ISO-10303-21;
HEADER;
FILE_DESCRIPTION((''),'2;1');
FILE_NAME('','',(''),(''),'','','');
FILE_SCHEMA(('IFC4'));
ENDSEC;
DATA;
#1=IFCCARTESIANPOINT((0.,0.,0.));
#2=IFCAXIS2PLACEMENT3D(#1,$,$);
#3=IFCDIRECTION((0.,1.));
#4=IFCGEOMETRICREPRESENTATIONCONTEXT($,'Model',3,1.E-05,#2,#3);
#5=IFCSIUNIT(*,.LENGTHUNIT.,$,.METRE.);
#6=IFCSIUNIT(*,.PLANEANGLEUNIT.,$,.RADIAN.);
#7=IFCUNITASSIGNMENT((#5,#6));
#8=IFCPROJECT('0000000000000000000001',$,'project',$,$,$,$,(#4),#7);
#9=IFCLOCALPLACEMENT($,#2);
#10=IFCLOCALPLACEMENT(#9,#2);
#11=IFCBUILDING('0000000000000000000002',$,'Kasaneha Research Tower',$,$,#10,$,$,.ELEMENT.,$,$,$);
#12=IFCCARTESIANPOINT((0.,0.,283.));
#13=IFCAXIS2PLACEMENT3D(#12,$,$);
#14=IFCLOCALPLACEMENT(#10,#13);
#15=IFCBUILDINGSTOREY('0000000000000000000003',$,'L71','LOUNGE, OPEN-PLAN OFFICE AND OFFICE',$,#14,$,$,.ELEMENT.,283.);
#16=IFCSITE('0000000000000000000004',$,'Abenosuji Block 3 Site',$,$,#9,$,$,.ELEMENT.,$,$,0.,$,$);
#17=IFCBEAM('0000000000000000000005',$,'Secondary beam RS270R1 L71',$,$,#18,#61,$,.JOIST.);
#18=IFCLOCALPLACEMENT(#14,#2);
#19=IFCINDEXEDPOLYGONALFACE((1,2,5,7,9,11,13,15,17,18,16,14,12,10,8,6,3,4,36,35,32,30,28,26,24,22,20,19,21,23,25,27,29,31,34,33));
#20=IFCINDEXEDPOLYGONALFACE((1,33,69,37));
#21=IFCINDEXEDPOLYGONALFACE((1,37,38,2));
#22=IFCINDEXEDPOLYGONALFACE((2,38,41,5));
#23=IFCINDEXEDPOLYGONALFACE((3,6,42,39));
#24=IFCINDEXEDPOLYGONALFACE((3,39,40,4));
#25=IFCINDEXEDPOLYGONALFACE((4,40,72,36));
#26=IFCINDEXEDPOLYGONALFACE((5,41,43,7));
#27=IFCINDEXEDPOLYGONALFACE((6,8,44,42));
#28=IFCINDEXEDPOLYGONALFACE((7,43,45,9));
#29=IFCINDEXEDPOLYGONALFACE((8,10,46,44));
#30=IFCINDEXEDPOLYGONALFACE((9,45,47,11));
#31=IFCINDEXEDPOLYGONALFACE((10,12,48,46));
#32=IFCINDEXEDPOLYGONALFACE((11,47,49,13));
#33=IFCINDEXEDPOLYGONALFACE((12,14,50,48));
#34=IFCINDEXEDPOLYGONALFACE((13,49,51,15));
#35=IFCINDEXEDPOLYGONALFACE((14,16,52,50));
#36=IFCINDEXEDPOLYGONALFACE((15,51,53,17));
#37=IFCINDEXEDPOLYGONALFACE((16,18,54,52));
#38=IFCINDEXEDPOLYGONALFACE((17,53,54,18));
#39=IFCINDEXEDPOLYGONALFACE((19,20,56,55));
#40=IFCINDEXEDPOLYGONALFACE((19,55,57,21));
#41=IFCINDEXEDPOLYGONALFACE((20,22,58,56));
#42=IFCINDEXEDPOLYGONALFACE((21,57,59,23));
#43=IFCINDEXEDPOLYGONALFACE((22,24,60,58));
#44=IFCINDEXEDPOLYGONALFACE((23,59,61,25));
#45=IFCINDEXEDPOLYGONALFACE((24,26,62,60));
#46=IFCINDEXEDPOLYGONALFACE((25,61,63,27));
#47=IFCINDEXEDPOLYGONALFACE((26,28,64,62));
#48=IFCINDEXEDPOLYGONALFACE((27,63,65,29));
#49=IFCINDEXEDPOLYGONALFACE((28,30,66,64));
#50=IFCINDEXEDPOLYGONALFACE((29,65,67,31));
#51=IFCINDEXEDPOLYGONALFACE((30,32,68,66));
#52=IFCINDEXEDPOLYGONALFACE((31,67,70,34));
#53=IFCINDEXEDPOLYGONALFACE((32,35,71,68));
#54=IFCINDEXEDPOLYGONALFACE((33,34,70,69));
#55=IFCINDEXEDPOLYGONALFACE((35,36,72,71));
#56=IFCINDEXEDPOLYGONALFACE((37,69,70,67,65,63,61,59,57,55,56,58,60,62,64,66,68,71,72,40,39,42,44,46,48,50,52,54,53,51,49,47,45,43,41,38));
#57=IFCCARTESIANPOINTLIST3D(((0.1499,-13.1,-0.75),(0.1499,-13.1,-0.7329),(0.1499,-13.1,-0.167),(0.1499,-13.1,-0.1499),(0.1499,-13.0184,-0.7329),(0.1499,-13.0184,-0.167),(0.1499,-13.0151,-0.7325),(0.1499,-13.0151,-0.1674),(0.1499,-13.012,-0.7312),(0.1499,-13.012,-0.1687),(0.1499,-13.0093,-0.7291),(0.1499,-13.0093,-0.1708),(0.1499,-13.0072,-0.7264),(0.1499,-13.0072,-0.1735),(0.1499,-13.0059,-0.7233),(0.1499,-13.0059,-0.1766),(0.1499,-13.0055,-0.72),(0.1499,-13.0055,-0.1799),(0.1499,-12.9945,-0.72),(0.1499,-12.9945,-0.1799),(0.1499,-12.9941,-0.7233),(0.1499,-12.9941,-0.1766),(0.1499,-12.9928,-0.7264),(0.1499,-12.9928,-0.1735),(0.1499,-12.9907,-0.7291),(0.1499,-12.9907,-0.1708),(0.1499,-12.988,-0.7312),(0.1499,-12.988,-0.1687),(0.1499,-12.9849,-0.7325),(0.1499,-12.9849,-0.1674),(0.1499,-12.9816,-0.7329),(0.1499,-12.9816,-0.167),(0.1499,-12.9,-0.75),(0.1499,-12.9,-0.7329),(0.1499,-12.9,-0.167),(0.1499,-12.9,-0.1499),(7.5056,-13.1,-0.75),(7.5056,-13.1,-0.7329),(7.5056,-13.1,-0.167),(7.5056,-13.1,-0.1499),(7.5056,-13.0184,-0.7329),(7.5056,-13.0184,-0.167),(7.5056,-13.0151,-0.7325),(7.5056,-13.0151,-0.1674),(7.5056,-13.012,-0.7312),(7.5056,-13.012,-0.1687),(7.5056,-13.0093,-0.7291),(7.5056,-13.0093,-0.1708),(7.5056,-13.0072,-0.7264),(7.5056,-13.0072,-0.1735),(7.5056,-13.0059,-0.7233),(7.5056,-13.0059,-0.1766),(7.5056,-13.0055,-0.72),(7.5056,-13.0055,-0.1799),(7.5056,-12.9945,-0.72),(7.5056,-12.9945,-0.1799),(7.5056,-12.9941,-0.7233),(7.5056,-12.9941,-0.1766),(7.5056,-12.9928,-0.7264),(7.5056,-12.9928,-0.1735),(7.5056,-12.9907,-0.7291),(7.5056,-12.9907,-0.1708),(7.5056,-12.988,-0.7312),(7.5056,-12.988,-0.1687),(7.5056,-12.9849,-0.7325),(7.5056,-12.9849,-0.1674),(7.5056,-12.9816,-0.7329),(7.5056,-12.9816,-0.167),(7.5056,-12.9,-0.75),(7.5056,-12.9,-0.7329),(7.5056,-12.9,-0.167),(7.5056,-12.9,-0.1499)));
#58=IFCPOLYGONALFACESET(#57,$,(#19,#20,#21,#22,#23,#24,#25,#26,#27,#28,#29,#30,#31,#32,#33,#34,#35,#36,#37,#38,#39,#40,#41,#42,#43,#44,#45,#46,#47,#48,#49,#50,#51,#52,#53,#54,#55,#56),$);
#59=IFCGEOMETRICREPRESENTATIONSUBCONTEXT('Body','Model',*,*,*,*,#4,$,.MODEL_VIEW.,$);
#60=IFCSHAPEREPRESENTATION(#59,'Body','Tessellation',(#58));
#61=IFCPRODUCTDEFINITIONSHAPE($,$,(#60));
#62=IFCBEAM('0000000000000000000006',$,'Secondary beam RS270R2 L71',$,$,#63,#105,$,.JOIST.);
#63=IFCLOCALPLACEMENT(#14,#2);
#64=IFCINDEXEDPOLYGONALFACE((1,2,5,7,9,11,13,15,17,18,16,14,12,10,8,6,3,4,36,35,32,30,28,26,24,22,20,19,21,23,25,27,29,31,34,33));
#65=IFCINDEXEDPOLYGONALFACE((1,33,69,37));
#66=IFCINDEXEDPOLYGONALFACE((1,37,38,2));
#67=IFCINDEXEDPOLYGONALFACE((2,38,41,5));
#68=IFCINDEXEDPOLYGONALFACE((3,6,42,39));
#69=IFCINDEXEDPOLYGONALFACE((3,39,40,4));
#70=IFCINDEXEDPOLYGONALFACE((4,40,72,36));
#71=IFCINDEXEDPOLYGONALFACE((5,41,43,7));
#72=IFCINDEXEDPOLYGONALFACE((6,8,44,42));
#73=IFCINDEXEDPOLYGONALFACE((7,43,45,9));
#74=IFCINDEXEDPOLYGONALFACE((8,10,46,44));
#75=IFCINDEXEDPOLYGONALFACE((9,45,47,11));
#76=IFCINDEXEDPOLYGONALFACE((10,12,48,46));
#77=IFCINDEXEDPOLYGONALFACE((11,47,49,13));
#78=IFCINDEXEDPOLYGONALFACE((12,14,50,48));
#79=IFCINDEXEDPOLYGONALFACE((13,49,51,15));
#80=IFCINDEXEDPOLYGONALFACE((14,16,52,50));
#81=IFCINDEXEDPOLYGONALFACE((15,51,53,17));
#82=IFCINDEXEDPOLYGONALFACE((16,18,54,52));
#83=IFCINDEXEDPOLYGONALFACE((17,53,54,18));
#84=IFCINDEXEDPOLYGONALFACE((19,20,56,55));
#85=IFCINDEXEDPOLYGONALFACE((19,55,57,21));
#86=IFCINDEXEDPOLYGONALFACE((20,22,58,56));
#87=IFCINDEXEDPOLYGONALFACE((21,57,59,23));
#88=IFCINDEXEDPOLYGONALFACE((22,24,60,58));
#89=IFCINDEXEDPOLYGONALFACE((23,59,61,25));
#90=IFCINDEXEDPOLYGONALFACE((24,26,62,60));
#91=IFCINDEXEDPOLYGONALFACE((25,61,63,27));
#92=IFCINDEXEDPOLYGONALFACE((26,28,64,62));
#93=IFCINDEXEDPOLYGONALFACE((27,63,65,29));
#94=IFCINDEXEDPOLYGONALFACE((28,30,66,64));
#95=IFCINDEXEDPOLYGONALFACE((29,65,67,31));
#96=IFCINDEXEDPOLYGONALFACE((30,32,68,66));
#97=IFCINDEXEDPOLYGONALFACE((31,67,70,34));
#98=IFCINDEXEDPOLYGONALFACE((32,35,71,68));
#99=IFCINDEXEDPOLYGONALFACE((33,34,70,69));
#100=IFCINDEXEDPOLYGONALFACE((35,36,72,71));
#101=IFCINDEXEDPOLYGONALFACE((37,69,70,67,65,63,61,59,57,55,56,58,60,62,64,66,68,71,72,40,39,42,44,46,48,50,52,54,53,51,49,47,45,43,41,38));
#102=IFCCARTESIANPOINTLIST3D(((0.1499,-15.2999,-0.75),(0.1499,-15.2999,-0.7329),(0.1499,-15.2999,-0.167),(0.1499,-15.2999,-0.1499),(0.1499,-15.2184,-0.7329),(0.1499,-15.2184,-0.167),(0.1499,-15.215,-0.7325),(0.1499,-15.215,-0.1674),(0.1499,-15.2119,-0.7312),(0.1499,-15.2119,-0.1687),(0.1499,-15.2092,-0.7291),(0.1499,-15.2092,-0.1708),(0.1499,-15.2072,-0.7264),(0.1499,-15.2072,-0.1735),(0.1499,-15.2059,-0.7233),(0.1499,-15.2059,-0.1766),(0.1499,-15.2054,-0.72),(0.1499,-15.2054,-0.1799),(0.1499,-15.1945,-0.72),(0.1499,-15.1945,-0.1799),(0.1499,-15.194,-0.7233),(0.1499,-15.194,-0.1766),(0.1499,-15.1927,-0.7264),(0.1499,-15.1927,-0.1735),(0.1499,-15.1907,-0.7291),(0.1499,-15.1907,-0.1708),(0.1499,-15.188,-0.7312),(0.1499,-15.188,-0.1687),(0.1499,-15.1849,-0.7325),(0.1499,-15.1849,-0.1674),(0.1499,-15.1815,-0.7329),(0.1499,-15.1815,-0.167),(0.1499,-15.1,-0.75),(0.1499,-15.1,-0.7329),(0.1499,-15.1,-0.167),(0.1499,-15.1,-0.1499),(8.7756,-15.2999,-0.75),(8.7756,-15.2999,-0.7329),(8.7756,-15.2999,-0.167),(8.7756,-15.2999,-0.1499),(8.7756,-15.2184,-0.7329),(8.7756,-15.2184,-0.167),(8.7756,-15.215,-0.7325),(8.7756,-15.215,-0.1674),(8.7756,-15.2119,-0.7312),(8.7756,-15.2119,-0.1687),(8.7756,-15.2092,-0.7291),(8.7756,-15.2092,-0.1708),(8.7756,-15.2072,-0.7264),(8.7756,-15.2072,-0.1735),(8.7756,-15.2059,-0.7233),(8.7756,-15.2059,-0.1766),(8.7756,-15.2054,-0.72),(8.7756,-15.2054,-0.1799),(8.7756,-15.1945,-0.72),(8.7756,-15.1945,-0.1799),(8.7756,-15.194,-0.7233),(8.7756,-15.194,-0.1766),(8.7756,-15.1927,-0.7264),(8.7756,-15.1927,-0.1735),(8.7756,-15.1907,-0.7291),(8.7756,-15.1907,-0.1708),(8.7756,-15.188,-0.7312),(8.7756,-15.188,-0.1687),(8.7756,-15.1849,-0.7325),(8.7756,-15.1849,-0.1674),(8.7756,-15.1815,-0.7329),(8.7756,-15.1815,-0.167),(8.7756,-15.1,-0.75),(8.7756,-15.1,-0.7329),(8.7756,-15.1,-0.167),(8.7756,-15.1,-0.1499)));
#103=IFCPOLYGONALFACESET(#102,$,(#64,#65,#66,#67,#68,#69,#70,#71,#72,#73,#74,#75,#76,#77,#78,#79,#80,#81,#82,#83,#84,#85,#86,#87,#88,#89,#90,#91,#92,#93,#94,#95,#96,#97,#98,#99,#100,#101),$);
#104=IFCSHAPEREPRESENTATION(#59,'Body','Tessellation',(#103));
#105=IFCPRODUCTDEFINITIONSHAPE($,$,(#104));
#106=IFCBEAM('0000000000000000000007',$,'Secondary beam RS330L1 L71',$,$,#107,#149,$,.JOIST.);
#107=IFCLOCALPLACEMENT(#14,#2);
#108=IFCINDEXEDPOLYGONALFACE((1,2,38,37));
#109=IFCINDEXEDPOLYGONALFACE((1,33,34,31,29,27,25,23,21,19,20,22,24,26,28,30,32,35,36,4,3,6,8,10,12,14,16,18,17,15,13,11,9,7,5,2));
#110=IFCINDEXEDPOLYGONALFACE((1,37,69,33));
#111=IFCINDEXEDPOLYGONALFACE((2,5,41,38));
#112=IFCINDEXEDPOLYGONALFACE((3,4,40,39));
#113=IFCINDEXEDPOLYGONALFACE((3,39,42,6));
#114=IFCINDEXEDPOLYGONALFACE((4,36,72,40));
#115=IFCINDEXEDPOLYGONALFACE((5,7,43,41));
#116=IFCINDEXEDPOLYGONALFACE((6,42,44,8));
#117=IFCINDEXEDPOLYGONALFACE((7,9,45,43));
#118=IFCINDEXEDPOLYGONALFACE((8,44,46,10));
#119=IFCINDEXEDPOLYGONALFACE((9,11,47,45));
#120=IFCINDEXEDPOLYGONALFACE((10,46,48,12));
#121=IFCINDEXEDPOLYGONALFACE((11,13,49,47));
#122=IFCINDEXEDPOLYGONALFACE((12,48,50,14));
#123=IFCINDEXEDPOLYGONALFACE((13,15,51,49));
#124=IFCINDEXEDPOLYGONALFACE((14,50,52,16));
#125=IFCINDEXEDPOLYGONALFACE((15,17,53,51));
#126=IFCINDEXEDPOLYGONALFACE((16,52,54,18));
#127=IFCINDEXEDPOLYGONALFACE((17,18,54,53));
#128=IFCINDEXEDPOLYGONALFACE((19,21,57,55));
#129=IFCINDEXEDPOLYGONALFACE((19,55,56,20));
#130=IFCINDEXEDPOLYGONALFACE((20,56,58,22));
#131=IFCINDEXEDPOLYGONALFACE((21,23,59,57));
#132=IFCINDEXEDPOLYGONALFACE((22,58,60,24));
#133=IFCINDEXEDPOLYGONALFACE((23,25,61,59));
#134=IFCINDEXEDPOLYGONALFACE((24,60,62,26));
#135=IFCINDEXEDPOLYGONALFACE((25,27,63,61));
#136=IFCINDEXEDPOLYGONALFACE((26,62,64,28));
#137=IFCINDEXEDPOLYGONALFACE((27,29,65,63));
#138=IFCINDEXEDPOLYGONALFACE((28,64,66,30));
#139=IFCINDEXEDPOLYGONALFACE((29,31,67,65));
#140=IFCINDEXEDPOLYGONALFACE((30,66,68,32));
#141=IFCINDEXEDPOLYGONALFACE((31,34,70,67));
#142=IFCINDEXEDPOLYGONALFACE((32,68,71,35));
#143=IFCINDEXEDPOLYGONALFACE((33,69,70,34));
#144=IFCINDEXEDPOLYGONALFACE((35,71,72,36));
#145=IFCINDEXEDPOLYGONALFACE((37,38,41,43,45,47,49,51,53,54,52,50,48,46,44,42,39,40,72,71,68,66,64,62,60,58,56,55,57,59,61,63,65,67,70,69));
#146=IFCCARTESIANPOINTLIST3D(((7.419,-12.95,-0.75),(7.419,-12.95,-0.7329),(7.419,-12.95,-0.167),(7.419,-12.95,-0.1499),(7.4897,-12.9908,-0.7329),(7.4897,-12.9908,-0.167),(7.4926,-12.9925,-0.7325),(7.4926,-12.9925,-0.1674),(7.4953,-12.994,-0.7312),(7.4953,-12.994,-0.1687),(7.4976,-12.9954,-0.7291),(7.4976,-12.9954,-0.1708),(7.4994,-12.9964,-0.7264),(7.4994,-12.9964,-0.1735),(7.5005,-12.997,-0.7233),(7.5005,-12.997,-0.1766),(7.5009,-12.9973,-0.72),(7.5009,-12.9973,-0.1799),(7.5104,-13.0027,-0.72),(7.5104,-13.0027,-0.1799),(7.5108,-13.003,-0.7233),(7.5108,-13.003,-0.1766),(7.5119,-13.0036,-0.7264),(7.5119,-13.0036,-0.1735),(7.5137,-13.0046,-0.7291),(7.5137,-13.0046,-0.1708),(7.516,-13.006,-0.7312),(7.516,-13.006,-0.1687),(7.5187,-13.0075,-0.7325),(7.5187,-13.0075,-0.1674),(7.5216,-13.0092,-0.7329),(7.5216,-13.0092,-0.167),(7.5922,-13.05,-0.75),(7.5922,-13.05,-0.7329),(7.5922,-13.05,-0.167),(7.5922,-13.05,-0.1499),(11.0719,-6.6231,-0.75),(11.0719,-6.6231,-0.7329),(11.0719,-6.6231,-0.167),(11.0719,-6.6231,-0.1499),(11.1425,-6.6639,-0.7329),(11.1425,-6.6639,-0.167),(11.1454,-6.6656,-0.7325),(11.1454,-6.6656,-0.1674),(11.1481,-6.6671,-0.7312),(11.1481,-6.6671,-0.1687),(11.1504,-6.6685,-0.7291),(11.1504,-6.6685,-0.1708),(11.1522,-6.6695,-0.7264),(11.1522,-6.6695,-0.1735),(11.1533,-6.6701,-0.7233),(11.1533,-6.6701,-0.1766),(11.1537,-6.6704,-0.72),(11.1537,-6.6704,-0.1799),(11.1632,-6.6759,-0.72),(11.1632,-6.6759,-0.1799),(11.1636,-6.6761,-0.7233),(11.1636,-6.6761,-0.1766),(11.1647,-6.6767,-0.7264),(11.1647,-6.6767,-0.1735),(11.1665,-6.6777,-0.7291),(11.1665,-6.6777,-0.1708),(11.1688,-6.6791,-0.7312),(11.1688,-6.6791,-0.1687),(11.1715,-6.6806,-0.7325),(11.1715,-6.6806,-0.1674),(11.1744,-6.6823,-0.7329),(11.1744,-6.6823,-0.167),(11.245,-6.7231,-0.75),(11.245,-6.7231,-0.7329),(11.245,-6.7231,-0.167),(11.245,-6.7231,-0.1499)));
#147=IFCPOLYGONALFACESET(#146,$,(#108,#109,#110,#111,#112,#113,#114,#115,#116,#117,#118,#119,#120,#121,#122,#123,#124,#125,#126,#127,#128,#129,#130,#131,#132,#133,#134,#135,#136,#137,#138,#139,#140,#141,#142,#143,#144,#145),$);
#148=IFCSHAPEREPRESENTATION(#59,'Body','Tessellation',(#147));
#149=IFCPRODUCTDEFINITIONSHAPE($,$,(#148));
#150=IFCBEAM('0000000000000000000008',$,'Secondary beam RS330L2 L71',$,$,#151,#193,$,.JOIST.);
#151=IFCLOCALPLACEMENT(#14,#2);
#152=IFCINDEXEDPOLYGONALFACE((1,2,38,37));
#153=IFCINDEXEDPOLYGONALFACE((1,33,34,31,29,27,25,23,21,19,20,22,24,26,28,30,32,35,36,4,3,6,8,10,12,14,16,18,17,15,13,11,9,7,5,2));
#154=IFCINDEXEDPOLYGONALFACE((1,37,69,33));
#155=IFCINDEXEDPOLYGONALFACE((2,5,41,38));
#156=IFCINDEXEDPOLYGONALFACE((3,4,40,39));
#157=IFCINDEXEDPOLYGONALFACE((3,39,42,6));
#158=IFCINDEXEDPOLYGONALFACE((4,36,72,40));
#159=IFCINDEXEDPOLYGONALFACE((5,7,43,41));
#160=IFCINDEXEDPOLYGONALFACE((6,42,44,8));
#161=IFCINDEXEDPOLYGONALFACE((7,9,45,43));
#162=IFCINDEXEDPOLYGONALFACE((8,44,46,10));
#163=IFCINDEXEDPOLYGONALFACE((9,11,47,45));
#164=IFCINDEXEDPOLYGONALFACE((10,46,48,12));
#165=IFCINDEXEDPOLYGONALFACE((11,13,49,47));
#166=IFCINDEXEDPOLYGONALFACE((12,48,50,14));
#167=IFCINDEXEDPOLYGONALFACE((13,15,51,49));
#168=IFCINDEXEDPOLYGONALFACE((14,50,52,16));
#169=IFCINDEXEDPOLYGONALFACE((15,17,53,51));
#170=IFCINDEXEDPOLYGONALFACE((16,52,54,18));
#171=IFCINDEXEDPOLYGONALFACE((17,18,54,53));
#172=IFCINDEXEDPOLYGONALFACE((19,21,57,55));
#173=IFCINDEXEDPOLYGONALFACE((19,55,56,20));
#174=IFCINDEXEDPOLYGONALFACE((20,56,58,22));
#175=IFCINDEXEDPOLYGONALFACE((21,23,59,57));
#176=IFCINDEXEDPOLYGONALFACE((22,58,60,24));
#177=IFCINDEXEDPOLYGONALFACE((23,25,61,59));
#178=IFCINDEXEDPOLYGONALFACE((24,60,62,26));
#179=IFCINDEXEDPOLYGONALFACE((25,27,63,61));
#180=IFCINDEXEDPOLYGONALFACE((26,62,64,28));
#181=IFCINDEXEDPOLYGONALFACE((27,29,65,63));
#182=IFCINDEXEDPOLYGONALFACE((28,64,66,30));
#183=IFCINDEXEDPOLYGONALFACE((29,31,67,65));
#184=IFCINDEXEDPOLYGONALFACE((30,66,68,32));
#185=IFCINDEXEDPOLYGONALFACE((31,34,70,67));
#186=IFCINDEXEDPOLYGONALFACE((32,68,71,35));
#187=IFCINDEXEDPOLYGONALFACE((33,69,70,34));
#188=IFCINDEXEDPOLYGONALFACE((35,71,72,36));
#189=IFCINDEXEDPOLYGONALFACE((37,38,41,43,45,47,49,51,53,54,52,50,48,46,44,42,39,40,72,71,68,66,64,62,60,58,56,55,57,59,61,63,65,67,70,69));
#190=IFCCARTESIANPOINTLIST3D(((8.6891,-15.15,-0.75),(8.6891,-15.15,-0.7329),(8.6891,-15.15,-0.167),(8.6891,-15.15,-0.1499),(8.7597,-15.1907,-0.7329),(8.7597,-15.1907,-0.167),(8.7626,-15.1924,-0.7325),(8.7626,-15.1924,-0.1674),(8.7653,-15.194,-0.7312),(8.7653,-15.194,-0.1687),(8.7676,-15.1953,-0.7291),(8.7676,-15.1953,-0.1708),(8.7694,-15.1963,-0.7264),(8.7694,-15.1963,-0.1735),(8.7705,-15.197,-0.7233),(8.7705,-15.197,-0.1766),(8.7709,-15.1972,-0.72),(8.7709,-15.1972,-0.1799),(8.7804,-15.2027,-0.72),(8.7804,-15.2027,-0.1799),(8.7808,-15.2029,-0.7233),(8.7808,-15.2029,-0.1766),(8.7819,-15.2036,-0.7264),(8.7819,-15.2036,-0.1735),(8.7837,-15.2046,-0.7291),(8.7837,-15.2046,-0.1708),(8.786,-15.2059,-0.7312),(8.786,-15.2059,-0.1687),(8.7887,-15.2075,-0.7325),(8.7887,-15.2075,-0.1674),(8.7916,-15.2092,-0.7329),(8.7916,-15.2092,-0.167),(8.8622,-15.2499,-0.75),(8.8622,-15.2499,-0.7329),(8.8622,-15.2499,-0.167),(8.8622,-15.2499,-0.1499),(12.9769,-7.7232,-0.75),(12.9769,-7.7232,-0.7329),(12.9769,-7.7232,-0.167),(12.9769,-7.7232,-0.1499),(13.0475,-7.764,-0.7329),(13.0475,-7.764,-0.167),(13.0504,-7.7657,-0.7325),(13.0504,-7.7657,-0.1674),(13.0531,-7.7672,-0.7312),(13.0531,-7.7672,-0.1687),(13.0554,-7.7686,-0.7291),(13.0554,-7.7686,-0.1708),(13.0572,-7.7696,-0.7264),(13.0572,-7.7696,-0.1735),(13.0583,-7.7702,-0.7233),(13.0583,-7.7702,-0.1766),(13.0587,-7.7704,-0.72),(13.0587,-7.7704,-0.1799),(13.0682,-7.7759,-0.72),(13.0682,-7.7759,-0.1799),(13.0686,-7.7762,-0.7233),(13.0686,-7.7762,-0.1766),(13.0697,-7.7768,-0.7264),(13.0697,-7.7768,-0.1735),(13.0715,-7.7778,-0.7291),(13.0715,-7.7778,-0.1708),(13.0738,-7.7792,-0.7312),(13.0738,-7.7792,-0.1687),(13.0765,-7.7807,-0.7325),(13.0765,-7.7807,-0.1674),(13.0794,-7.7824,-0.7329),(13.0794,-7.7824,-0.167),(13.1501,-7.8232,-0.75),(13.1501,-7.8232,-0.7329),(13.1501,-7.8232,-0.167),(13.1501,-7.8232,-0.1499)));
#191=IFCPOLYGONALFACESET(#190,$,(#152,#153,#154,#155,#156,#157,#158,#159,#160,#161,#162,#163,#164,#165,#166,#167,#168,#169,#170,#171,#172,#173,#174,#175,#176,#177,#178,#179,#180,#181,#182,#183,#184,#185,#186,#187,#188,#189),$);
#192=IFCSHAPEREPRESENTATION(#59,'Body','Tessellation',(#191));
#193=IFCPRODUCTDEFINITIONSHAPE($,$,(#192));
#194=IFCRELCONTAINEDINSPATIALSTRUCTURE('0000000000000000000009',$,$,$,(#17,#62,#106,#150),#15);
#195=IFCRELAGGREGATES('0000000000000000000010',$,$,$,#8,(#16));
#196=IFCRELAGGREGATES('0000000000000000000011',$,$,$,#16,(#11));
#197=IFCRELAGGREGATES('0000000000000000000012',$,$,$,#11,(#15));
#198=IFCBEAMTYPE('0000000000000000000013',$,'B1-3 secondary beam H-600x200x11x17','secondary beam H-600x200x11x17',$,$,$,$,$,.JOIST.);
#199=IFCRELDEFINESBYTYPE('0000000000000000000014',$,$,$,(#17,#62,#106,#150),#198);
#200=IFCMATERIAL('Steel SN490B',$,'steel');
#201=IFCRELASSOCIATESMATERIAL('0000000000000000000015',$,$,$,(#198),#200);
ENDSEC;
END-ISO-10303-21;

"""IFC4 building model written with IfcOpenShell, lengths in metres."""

from ifc_helpers import new_model, si_unit, direction, frame, origin, origin_2d, place, context, subcontext, project, spatial, i_section, extrude, material, material_profile, profile_set, type_object, element, save


model = new_model("IFC4")

# Units and contexts
model_context = context("Model", 3, precision=1e-05, world=origin(), true_north=direction((0.0, 1.0)))
body_context = subcontext(model_context, "Body", "Model", "MODEL_VIEW")
ifc_project = project(units=[si_unit("LENGTHUNIT", "METRE"), si_unit("PLANEANGLEUNIT", "RADIAN")], contexts=[model_context])

# Site, building, storey
site_placement = place(None, origin())
site = spatial("IfcSite", under=ifc_project, at=site_placement, Name="Abenosuji Block 3 Site", CompositionType="ELEMENT", RefElevation=0.0)
building_placement = place(site_placement, origin())
building = spatial("IfcBuilding", under=site, at=building_placement, Name="Kasaneha Research Tower", CompositionType="ELEMENT")
storey_placement = place(building_placement, frame((0.0, 0.0, 283.0)))
storey = spatial("IfcBuildingStorey", under=building, at=storey_placement, Name="L71", Description="LOUNGE, OPEN-PLAN OFFICE AND OFFICE", CompositionType="ELEMENT", Elevation=283.0)

# Beams
ifc_material_1 = material(Name="Steel SN490B", Category="steel")
ifc_material_profile_1 = material_profile(ifc_material_1, i_section(OverallWidth=0.2, OverallDepth=0.6001, WebThickness=0.011, FlangeThickness=0.0171, FilletRadius=0.0129, at=origin_2d()), Name="H-600x200x11x17")
ifc_profile_set_1 = profile_set([ifc_material_profile_1], Name="Steel SN490B")
beam_type_1 = type_object("IfcBeamType", Name="B1-3 secondary beam H-600x200x11x17", Description="secondary beam H-600x200x11x17", PredefinedType="JOIST", material=ifc_profile_set_1)
beam_1_placement = place(storey_placement, frame((7.5056, -13.0, -0.45), z_axis=(-1.0, 0.0, 0.0), x_axis=(0.0, -1.0, 0.0)))
element("IfcBeam", 1, at=beam_1_placement, inside=storey, type_object=beam_type_1, Name="Secondary beam RS270R1 L71", PredefinedType="JOIST", context=body_context, shape_type="SweptSolid", body=[
    extrude(i_section(OverallWidth=0.2, OverallDepth=0.6001, WebThickness=0.011, FlangeThickness=0.0171, FilletRadius=0.0129, at=origin_2d()), origin(), (0.0, 0.0, 1.0), 7.3557),
])
beam_2_placement = place(storey_placement, frame((8.7756, -15.2, -0.45), z_axis=(-1.0, 0.0, 0.0), x_axis=(0.0, -1.0, 0.0)))
element("IfcBeam", 2, at=beam_2_placement, inside=storey, type_object=beam_type_1, Name="Secondary beam RS270R2 L71", PredefinedType="JOIST", context=body_context, shape_type="SweptSolid", body=[
    extrude(i_section(OverallWidth=0.2, OverallDepth=0.6001, WebThickness=0.011, FlangeThickness=0.0171, FilletRadius=0.0129, at=origin_2d()), origin(), (0.0, 0.0, 1.0), 8.6257),
])
beam_3_placement = place(storey_placement, frame((7.5056, -13.0, -0.45), z_axis=(0.499999, 0.866026, 0.0), x_axis=(-0.866026, 0.499999, 0.0)))
element("IfcBeam", 3, at=beam_3_placement, inside=storey, type_object=beam_type_1, Name="Secondary beam RS330L1 L71", PredefinedType="JOIST", context=body_context, shape_type="SweptSolid", body=[
    extrude(i_section(OverallWidth=0.2, OverallDepth=0.6001, WebThickness=0.011, FlangeThickness=0.0171, FilletRadius=0.0129, at=origin_2d()), origin(), (0.0, 0.0, 1.0), 7.3057),
])
beam_4_placement = place(storey_placement, frame((8.7756, -15.2, -0.45), z_axis=(0.5, 0.866025, 0.0), x_axis=(-0.866025, 0.5, 0.0)))
element("IfcBeam", 4, at=beam_4_placement, inside=storey, type_object=beam_type_1, Name="Secondary beam RS330L2 L71", PredefinedType="JOIST", context=body_context, shape_type="SweptSolid", body=[
    extrude(i_section(OverallWidth=0.2, OverallDepth=0.6001, WebThickness=0.011, FlangeThickness=0.0171, FilletRadius=0.0129, at=origin_2d()), origin(), (0.0, 0.0, 1.0), 8.5757),
])

save(model, "model.ifc")
